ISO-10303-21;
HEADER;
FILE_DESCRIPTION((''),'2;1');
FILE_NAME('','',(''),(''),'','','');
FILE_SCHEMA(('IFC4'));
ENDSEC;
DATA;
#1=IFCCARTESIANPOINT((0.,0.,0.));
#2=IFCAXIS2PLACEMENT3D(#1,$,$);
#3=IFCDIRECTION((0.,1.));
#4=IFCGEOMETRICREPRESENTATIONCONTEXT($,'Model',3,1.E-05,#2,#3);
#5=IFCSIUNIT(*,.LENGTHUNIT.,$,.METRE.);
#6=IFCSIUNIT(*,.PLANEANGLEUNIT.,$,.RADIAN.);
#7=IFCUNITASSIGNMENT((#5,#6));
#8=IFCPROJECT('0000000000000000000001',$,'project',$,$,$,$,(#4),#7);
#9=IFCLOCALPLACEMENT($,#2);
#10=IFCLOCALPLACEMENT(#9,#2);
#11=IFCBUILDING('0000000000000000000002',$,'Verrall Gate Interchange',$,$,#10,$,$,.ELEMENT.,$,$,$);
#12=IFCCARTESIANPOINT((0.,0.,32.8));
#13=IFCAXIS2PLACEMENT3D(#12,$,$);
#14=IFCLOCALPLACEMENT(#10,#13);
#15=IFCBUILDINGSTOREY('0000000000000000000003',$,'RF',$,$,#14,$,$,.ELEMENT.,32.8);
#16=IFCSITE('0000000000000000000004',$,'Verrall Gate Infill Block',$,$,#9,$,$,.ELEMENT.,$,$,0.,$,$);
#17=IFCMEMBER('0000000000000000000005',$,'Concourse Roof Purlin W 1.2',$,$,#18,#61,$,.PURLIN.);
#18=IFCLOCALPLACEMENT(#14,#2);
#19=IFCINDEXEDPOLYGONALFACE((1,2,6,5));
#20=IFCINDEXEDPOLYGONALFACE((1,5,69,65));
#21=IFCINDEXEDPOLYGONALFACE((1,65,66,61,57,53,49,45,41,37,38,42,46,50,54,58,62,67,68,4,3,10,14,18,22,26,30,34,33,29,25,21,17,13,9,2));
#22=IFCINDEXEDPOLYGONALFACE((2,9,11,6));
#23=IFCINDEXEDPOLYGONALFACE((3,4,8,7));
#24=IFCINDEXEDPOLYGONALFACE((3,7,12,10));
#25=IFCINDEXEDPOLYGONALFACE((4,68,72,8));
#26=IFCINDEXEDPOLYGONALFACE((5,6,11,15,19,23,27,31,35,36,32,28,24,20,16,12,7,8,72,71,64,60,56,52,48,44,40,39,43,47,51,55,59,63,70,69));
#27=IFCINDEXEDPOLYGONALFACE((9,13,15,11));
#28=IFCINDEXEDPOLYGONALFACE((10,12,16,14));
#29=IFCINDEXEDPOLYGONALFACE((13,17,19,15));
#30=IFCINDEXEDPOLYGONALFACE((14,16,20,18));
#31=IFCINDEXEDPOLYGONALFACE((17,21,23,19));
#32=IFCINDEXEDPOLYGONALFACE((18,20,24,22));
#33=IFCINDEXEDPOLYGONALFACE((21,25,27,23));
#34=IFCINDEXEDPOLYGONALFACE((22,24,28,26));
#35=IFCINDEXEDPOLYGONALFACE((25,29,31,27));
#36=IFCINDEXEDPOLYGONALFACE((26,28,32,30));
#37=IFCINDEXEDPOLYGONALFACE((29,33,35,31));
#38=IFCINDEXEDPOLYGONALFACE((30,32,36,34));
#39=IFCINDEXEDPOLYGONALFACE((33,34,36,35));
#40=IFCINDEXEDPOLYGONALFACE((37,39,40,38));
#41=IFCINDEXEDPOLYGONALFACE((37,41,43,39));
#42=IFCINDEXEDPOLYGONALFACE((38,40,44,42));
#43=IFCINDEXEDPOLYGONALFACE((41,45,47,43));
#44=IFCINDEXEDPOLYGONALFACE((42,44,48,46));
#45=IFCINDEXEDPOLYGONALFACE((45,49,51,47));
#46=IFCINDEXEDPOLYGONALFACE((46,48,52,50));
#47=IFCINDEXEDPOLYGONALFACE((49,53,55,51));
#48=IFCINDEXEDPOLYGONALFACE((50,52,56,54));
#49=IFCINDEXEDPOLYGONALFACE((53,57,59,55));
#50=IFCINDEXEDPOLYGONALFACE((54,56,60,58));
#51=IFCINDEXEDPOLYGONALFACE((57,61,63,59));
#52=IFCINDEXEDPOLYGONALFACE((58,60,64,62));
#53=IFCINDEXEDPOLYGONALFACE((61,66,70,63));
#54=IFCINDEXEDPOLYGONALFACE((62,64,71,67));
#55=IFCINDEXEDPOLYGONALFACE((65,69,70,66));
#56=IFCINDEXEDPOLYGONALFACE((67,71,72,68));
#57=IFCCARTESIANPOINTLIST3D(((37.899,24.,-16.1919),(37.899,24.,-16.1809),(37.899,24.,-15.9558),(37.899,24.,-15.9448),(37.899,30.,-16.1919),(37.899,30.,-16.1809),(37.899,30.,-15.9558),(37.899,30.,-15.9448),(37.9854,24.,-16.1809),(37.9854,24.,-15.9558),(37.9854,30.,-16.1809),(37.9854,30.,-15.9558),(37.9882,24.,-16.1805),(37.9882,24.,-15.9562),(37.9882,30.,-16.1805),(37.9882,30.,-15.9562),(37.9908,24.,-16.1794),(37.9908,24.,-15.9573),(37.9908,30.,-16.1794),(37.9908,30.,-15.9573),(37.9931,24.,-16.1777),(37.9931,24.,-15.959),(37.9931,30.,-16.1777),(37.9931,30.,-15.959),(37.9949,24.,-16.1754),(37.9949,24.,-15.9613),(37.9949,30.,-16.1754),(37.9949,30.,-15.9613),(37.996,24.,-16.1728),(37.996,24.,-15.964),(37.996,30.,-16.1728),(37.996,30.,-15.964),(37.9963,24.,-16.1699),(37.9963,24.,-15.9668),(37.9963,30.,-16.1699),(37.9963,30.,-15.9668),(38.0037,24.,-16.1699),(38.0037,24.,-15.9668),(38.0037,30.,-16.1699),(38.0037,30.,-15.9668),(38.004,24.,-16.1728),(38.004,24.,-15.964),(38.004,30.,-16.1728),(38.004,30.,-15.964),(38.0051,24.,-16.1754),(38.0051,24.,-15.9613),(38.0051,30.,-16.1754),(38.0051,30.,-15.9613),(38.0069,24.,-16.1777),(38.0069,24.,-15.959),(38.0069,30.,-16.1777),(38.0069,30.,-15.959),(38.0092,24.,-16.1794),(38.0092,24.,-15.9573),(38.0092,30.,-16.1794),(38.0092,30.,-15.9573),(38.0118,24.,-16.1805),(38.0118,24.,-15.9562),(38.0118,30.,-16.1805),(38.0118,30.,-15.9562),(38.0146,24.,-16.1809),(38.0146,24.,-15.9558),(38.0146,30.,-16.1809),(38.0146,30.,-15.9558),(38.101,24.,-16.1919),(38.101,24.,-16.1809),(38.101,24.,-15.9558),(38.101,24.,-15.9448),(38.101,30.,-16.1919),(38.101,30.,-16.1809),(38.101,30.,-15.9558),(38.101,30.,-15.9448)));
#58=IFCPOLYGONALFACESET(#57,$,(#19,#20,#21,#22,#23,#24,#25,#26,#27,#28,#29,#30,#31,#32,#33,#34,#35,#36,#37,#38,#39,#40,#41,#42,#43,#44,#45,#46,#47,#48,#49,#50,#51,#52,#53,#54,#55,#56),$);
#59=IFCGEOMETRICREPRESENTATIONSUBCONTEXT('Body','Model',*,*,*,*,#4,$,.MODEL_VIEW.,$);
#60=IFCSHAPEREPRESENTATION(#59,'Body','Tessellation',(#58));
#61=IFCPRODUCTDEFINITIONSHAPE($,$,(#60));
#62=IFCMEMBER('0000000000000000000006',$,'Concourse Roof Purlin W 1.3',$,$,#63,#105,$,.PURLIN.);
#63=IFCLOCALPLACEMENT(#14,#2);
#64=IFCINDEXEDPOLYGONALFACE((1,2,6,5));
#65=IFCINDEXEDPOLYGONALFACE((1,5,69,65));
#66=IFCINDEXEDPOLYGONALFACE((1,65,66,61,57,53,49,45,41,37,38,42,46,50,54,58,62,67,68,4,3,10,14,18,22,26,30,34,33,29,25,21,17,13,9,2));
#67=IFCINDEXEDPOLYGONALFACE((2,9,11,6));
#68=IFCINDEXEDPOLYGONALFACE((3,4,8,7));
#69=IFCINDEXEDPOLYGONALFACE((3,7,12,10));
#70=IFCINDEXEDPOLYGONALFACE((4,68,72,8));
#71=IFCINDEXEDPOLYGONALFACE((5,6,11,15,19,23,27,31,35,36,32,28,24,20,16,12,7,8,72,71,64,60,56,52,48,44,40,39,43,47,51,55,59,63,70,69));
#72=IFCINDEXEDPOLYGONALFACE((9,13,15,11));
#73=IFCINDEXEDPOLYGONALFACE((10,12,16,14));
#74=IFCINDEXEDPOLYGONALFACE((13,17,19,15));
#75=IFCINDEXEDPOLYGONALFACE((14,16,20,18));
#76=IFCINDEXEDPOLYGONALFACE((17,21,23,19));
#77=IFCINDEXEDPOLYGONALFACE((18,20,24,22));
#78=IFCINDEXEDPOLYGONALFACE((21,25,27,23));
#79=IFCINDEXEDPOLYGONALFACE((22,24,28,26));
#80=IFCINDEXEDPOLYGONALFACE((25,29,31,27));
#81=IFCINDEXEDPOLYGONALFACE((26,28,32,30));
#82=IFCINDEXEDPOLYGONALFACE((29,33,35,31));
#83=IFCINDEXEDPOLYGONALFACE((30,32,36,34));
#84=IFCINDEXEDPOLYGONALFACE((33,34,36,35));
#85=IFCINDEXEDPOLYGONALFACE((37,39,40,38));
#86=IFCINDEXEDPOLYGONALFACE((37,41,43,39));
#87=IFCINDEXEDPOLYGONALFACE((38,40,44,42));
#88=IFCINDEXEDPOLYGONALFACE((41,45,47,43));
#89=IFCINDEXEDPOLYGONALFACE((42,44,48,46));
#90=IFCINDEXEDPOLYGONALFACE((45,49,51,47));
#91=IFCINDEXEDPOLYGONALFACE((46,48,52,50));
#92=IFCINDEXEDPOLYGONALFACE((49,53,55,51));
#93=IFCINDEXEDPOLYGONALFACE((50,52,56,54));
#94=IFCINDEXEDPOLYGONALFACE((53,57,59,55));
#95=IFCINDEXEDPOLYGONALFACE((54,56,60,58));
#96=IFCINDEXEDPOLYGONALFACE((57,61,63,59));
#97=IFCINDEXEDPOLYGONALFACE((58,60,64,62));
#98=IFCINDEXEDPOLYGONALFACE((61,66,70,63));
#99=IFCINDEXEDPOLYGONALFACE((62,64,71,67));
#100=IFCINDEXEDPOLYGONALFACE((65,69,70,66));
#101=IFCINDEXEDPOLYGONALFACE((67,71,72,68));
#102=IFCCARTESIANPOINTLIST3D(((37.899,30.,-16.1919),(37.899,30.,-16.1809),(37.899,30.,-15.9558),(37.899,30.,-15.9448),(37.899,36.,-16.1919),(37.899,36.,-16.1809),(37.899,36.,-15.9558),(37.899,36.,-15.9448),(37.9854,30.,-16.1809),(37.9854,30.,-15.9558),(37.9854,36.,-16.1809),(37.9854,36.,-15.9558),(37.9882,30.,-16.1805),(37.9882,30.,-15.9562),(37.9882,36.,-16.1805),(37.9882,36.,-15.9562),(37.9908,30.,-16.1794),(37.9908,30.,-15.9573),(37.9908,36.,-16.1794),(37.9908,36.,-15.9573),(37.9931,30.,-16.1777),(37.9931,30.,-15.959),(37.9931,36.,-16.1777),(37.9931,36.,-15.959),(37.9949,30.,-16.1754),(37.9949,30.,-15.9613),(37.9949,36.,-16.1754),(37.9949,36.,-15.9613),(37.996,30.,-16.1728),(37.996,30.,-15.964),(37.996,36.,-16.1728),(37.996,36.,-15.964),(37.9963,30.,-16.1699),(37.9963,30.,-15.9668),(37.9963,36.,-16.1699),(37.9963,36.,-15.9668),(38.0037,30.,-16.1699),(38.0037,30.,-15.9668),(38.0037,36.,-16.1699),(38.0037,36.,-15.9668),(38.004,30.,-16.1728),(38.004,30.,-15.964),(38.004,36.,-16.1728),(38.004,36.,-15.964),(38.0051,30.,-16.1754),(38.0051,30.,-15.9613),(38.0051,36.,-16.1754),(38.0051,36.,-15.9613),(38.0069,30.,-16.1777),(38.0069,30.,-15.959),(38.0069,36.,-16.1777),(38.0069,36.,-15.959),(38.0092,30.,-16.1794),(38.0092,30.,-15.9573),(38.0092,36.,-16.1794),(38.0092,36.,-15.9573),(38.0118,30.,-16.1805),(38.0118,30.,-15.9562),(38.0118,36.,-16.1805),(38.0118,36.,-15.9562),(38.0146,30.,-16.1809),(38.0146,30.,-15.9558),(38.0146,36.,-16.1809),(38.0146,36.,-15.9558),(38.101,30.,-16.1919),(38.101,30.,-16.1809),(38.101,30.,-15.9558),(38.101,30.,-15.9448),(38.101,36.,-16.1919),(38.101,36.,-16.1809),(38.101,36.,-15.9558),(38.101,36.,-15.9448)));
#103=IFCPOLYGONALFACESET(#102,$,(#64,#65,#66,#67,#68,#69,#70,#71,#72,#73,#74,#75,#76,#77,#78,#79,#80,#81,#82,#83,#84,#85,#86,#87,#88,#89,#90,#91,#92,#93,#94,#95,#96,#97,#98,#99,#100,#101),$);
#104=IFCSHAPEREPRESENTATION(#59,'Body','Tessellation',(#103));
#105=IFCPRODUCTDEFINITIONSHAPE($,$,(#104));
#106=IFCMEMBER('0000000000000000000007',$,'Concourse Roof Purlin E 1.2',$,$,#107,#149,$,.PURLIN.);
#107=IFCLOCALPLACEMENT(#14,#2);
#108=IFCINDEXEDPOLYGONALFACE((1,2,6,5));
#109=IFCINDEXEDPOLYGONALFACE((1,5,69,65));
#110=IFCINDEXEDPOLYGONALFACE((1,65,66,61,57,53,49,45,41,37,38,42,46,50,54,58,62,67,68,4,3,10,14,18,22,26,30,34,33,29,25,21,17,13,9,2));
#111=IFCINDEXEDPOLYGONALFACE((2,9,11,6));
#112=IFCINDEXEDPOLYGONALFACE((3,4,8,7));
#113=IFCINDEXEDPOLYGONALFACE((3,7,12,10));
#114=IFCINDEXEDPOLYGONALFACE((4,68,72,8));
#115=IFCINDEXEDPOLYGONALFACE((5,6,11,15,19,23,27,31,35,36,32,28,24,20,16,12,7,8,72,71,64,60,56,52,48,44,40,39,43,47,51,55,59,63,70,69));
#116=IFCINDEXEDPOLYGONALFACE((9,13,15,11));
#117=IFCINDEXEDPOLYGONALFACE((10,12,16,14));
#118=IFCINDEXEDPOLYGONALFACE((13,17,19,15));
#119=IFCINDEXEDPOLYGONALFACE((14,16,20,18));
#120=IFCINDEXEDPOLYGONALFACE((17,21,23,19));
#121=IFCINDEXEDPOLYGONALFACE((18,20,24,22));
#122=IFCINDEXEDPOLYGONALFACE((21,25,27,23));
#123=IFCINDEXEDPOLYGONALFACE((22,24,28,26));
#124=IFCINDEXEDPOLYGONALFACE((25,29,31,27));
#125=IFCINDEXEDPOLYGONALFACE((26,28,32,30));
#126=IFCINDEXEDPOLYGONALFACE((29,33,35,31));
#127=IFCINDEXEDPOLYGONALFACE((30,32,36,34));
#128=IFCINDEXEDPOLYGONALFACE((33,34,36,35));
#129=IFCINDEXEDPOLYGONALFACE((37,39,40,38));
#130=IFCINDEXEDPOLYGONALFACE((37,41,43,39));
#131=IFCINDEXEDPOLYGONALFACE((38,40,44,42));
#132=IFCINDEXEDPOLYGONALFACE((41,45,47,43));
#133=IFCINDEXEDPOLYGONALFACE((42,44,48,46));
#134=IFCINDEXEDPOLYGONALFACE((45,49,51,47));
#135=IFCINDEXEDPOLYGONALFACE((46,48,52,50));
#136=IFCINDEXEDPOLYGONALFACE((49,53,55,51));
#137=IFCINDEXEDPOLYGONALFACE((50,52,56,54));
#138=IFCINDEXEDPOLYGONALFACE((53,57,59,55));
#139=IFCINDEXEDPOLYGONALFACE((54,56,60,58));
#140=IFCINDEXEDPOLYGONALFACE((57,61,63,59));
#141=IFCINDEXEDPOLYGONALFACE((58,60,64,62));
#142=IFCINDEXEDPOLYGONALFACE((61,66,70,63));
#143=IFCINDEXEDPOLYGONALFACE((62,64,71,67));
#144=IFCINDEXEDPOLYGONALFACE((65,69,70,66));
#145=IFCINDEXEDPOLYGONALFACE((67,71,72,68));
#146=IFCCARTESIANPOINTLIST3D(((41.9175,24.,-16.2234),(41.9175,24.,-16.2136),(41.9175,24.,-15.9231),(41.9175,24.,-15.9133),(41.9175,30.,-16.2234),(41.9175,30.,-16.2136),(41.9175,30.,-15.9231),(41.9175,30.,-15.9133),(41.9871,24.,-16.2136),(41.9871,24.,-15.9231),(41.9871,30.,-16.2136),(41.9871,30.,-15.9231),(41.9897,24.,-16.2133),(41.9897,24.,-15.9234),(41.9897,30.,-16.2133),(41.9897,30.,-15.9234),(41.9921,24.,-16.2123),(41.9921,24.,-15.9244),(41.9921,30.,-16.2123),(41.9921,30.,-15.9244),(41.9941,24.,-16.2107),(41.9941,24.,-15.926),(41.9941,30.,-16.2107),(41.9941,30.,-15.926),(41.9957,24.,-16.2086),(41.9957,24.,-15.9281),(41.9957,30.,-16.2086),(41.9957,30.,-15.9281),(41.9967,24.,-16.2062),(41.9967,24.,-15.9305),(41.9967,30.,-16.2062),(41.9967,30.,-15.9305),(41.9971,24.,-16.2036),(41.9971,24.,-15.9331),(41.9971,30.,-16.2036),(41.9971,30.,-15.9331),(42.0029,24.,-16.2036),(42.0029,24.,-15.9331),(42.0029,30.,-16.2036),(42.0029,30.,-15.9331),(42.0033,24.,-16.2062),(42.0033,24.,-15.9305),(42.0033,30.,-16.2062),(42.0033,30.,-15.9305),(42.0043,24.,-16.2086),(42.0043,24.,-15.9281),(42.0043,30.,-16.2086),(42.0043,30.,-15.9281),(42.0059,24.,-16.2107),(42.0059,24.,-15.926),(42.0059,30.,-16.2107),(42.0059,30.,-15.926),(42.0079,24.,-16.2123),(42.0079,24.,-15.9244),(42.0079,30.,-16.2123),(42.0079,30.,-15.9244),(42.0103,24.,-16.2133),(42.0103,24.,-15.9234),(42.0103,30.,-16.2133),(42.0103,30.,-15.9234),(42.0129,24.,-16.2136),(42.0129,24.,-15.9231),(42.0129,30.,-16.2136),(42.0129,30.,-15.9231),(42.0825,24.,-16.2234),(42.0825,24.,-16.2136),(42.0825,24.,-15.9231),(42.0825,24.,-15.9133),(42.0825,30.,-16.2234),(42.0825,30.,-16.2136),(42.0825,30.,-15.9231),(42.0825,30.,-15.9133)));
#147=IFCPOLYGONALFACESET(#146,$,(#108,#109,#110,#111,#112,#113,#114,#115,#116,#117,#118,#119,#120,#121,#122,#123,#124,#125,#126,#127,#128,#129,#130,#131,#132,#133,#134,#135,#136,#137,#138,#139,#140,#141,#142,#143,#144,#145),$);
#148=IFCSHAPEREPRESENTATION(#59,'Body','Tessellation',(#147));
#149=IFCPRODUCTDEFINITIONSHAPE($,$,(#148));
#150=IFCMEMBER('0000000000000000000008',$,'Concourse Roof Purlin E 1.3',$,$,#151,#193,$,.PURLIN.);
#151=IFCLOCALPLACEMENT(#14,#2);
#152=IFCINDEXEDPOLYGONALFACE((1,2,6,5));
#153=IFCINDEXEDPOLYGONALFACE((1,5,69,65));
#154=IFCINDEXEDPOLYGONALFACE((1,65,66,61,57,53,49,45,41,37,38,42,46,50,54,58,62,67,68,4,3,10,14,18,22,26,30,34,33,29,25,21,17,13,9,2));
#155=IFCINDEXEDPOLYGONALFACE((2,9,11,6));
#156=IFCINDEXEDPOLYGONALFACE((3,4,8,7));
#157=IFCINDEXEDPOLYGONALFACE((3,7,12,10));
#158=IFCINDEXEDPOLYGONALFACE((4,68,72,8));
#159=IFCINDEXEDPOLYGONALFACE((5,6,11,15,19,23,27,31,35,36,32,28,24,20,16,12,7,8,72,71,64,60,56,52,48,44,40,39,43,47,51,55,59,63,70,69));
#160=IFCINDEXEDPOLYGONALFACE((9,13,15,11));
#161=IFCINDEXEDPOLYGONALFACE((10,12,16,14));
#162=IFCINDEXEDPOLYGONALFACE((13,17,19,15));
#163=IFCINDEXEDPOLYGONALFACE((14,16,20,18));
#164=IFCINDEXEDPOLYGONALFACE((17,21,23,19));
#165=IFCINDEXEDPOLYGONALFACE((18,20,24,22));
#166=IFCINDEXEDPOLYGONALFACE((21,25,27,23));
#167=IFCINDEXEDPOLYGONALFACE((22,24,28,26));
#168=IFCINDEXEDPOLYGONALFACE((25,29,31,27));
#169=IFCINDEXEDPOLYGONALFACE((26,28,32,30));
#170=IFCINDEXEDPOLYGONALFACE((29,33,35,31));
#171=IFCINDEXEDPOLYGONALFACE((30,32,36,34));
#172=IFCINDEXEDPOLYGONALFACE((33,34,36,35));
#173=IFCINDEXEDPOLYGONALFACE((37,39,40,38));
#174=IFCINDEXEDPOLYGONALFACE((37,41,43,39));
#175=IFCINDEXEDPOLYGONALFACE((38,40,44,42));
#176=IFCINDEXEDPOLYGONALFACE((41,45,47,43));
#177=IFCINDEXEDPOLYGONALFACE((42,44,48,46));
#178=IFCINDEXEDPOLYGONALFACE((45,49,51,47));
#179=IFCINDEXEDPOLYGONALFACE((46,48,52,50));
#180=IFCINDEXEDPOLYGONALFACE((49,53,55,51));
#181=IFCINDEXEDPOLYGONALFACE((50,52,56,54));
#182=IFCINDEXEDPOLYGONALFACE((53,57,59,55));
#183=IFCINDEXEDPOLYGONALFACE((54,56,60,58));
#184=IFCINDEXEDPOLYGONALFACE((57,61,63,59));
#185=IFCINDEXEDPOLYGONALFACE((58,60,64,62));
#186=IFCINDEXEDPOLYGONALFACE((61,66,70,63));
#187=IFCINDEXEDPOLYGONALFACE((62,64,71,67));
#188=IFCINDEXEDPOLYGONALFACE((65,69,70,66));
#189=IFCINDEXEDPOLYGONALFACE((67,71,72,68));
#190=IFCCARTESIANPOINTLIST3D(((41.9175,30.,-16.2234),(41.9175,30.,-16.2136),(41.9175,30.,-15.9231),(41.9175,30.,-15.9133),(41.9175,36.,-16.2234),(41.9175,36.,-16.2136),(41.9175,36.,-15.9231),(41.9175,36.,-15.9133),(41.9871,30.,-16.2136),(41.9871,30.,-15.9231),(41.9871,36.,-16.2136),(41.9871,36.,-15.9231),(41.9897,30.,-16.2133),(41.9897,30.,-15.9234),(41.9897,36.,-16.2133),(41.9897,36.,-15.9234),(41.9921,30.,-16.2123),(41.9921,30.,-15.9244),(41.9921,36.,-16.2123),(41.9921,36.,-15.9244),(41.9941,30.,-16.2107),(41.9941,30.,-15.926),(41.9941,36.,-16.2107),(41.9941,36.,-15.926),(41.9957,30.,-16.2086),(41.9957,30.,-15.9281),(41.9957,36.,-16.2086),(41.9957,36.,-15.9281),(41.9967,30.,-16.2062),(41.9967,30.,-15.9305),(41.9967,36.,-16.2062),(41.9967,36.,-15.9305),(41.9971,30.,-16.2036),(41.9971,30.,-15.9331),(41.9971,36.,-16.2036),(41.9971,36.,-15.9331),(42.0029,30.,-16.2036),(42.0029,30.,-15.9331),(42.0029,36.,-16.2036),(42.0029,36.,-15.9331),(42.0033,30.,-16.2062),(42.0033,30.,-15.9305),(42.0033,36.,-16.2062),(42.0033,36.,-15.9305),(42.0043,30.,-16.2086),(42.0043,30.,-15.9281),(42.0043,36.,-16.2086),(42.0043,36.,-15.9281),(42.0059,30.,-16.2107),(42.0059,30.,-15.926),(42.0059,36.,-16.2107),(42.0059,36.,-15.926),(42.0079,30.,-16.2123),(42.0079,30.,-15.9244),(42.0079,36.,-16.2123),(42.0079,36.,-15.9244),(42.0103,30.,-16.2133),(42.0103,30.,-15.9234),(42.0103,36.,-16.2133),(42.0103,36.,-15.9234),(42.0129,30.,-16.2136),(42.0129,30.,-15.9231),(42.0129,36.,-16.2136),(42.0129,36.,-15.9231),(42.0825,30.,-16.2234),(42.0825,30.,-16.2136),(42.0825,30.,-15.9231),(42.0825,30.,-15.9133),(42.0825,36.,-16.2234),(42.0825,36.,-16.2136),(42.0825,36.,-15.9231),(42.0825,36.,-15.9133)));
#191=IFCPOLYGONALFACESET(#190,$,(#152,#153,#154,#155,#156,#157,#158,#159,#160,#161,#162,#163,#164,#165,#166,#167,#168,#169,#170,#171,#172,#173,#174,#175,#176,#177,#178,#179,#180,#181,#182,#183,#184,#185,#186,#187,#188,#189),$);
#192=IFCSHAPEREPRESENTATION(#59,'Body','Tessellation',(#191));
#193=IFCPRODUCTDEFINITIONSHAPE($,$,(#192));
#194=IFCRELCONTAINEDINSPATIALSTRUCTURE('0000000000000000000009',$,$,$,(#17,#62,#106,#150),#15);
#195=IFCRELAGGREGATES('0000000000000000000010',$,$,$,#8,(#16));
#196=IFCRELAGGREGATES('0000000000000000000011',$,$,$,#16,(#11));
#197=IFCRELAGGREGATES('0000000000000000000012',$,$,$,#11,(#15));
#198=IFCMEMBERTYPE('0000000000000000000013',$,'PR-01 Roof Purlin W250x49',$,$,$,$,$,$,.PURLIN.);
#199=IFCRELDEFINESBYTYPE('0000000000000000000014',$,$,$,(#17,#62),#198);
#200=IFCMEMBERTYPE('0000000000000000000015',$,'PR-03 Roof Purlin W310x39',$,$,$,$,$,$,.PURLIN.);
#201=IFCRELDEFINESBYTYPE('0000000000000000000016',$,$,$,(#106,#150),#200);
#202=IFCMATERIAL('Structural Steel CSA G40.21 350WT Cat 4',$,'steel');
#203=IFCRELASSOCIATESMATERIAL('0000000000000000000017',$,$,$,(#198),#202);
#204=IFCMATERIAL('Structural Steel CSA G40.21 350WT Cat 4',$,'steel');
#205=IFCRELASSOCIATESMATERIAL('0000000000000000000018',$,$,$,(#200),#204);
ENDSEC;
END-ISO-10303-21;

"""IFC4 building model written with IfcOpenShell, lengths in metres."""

from ifc_helpers import new_model, si_unit, direction, frame, origin, origin_2d, place, context, subcontext, project, spatial, i_section, extrude, material, material_profile, profile_set, type_object, element, save


model = new_model("IFC4")

# Units and contexts
model_context = context("Model", 3, precision=1e-05, world=origin(), true_north=direction((0.0, 1.0)))
body_context = subcontext(model_context, "Body", "Model", "MODEL_VIEW")
ifc_project = project(units=[si_unit("LENGTHUNIT", "METRE"), si_unit("PLANEANGLEUNIT", "RADIAN")], contexts=[model_context])

# Site, building, storey
site_placement = place(None, origin())
site = spatial("IfcSite", under=ifc_project, at=site_placement, Name="Verrall Gate Infill Block", CompositionType="ELEMENT", RefElevation=0.0)
building_placement = place(site_placement, origin())
building = spatial("IfcBuilding", under=site, at=building_placement, Name="Verrall Gate Interchange", CompositionType="ELEMENT")
storey_placement = place(building_placement, frame((0.0, 0.0, 32.8)))
storey = spatial("IfcBuildingStorey", under=building, at=storey_placement, Name="RF", CompositionType="ELEMENT", Elevation=32.8)

# Members
ifc_material_1 = material(Name="Structural Steel CSA G40.21 350WT Cat 4", Category="steel")
ifc_material_profile_1 = material_profile(ifc_material_1, i_section(OverallWidth=0.2019, OverallDepth=0.2471, WebThickness=0.0073, FlangeThickness=0.011, FilletRadius=0.011, at=origin_2d()), Name="W250x49")
ifc_profile_set_1 = profile_set([ifc_material_profile_1], Name="Structural Steel CSA G40.21 350WT Cat 4")
member_type_1 = type_object("IfcMemberType", Name="PR-01 Roof Purlin W250x49", PredefinedType="PURLIN", material=ifc_profile_set_1)
for number, where, z_axis, x_axis, name in (
    (1, (38.0, 24.0, -16.0684), (0.0, 1.0, 0.0), (-1.0, 0.0, 0.0), "Concourse Roof Purlin W 1.2"),
    (2, (38.0, 30.0, -16.0684), (0.0, 1.0, 0.0), (-1.0, 0.0, 0.0), "Concourse Roof Purlin W 1.3"),
):
    element("IfcMember", number, at=place(storey_placement, frame(where, z_axis=z_axis, x_axis=x_axis)), inside=storey, type_object=member_type_1, Name=name, PredefinedType="PURLIN", context=body_context, shape_type="SweptSolid", body=[
        extrude(i_section(OverallWidth=0.2019, OverallDepth=0.2471, WebThickness=0.0073, FlangeThickness=0.011, FilletRadius=0.011, at=origin_2d()), origin(), (0.0, 0.0, 1.0), 6.0),
    ])
ifc_material_2 = material(Name="Structural Steel CSA G40.21 350WT Cat 4", Category="steel")
ifc_material_profile_2 = material_profile(ifc_material_2, i_section(OverallWidth=0.165, OverallDepth=0.3101, WebThickness=0.0059, FlangeThickness=0.0098, FilletRadius=0.01, at=origin_2d()), Name="W310x39")
ifc_profile_set_2 = profile_set([ifc_material_profile_2], Name="Structural Steel CSA G40.21 350WT Cat 4")
member_type_2 = type_object("IfcMemberType", Name="PR-03 Roof Purlin W310x39", PredefinedType="PURLIN", material=ifc_profile_set_2)
for number, where, z_axis, x_axis, name in (
    (3, (42.0, 24.0, -16.0684), (0.0, 1.0, 0.0), (-1.0, 0.0, 0.0), "Concourse Roof Purlin E 1.2"),
    (4, (42.0, 30.0, -16.0684), (0.0, 1.0, 0.0), (-1.0, 0.0, 0.0), "Concourse Roof Purlin E 1.3"),
):
    element("IfcMember", number, at=place(storey_placement, frame(where, z_axis=z_axis, x_axis=x_axis)), inside=storey, type_object=member_type_2, Name=name, PredefinedType="PURLIN", context=body_context, shape_type="SweptSolid", body=[
        extrude(i_section(OverallWidth=0.165, OverallDepth=0.3101, WebThickness=0.0059, FlangeThickness=0.0098, FilletRadius=0.01, at=origin_2d()), origin(), (0.0, 0.0, 1.0), 6.0),
    ])

save(model, "model.ifc")
